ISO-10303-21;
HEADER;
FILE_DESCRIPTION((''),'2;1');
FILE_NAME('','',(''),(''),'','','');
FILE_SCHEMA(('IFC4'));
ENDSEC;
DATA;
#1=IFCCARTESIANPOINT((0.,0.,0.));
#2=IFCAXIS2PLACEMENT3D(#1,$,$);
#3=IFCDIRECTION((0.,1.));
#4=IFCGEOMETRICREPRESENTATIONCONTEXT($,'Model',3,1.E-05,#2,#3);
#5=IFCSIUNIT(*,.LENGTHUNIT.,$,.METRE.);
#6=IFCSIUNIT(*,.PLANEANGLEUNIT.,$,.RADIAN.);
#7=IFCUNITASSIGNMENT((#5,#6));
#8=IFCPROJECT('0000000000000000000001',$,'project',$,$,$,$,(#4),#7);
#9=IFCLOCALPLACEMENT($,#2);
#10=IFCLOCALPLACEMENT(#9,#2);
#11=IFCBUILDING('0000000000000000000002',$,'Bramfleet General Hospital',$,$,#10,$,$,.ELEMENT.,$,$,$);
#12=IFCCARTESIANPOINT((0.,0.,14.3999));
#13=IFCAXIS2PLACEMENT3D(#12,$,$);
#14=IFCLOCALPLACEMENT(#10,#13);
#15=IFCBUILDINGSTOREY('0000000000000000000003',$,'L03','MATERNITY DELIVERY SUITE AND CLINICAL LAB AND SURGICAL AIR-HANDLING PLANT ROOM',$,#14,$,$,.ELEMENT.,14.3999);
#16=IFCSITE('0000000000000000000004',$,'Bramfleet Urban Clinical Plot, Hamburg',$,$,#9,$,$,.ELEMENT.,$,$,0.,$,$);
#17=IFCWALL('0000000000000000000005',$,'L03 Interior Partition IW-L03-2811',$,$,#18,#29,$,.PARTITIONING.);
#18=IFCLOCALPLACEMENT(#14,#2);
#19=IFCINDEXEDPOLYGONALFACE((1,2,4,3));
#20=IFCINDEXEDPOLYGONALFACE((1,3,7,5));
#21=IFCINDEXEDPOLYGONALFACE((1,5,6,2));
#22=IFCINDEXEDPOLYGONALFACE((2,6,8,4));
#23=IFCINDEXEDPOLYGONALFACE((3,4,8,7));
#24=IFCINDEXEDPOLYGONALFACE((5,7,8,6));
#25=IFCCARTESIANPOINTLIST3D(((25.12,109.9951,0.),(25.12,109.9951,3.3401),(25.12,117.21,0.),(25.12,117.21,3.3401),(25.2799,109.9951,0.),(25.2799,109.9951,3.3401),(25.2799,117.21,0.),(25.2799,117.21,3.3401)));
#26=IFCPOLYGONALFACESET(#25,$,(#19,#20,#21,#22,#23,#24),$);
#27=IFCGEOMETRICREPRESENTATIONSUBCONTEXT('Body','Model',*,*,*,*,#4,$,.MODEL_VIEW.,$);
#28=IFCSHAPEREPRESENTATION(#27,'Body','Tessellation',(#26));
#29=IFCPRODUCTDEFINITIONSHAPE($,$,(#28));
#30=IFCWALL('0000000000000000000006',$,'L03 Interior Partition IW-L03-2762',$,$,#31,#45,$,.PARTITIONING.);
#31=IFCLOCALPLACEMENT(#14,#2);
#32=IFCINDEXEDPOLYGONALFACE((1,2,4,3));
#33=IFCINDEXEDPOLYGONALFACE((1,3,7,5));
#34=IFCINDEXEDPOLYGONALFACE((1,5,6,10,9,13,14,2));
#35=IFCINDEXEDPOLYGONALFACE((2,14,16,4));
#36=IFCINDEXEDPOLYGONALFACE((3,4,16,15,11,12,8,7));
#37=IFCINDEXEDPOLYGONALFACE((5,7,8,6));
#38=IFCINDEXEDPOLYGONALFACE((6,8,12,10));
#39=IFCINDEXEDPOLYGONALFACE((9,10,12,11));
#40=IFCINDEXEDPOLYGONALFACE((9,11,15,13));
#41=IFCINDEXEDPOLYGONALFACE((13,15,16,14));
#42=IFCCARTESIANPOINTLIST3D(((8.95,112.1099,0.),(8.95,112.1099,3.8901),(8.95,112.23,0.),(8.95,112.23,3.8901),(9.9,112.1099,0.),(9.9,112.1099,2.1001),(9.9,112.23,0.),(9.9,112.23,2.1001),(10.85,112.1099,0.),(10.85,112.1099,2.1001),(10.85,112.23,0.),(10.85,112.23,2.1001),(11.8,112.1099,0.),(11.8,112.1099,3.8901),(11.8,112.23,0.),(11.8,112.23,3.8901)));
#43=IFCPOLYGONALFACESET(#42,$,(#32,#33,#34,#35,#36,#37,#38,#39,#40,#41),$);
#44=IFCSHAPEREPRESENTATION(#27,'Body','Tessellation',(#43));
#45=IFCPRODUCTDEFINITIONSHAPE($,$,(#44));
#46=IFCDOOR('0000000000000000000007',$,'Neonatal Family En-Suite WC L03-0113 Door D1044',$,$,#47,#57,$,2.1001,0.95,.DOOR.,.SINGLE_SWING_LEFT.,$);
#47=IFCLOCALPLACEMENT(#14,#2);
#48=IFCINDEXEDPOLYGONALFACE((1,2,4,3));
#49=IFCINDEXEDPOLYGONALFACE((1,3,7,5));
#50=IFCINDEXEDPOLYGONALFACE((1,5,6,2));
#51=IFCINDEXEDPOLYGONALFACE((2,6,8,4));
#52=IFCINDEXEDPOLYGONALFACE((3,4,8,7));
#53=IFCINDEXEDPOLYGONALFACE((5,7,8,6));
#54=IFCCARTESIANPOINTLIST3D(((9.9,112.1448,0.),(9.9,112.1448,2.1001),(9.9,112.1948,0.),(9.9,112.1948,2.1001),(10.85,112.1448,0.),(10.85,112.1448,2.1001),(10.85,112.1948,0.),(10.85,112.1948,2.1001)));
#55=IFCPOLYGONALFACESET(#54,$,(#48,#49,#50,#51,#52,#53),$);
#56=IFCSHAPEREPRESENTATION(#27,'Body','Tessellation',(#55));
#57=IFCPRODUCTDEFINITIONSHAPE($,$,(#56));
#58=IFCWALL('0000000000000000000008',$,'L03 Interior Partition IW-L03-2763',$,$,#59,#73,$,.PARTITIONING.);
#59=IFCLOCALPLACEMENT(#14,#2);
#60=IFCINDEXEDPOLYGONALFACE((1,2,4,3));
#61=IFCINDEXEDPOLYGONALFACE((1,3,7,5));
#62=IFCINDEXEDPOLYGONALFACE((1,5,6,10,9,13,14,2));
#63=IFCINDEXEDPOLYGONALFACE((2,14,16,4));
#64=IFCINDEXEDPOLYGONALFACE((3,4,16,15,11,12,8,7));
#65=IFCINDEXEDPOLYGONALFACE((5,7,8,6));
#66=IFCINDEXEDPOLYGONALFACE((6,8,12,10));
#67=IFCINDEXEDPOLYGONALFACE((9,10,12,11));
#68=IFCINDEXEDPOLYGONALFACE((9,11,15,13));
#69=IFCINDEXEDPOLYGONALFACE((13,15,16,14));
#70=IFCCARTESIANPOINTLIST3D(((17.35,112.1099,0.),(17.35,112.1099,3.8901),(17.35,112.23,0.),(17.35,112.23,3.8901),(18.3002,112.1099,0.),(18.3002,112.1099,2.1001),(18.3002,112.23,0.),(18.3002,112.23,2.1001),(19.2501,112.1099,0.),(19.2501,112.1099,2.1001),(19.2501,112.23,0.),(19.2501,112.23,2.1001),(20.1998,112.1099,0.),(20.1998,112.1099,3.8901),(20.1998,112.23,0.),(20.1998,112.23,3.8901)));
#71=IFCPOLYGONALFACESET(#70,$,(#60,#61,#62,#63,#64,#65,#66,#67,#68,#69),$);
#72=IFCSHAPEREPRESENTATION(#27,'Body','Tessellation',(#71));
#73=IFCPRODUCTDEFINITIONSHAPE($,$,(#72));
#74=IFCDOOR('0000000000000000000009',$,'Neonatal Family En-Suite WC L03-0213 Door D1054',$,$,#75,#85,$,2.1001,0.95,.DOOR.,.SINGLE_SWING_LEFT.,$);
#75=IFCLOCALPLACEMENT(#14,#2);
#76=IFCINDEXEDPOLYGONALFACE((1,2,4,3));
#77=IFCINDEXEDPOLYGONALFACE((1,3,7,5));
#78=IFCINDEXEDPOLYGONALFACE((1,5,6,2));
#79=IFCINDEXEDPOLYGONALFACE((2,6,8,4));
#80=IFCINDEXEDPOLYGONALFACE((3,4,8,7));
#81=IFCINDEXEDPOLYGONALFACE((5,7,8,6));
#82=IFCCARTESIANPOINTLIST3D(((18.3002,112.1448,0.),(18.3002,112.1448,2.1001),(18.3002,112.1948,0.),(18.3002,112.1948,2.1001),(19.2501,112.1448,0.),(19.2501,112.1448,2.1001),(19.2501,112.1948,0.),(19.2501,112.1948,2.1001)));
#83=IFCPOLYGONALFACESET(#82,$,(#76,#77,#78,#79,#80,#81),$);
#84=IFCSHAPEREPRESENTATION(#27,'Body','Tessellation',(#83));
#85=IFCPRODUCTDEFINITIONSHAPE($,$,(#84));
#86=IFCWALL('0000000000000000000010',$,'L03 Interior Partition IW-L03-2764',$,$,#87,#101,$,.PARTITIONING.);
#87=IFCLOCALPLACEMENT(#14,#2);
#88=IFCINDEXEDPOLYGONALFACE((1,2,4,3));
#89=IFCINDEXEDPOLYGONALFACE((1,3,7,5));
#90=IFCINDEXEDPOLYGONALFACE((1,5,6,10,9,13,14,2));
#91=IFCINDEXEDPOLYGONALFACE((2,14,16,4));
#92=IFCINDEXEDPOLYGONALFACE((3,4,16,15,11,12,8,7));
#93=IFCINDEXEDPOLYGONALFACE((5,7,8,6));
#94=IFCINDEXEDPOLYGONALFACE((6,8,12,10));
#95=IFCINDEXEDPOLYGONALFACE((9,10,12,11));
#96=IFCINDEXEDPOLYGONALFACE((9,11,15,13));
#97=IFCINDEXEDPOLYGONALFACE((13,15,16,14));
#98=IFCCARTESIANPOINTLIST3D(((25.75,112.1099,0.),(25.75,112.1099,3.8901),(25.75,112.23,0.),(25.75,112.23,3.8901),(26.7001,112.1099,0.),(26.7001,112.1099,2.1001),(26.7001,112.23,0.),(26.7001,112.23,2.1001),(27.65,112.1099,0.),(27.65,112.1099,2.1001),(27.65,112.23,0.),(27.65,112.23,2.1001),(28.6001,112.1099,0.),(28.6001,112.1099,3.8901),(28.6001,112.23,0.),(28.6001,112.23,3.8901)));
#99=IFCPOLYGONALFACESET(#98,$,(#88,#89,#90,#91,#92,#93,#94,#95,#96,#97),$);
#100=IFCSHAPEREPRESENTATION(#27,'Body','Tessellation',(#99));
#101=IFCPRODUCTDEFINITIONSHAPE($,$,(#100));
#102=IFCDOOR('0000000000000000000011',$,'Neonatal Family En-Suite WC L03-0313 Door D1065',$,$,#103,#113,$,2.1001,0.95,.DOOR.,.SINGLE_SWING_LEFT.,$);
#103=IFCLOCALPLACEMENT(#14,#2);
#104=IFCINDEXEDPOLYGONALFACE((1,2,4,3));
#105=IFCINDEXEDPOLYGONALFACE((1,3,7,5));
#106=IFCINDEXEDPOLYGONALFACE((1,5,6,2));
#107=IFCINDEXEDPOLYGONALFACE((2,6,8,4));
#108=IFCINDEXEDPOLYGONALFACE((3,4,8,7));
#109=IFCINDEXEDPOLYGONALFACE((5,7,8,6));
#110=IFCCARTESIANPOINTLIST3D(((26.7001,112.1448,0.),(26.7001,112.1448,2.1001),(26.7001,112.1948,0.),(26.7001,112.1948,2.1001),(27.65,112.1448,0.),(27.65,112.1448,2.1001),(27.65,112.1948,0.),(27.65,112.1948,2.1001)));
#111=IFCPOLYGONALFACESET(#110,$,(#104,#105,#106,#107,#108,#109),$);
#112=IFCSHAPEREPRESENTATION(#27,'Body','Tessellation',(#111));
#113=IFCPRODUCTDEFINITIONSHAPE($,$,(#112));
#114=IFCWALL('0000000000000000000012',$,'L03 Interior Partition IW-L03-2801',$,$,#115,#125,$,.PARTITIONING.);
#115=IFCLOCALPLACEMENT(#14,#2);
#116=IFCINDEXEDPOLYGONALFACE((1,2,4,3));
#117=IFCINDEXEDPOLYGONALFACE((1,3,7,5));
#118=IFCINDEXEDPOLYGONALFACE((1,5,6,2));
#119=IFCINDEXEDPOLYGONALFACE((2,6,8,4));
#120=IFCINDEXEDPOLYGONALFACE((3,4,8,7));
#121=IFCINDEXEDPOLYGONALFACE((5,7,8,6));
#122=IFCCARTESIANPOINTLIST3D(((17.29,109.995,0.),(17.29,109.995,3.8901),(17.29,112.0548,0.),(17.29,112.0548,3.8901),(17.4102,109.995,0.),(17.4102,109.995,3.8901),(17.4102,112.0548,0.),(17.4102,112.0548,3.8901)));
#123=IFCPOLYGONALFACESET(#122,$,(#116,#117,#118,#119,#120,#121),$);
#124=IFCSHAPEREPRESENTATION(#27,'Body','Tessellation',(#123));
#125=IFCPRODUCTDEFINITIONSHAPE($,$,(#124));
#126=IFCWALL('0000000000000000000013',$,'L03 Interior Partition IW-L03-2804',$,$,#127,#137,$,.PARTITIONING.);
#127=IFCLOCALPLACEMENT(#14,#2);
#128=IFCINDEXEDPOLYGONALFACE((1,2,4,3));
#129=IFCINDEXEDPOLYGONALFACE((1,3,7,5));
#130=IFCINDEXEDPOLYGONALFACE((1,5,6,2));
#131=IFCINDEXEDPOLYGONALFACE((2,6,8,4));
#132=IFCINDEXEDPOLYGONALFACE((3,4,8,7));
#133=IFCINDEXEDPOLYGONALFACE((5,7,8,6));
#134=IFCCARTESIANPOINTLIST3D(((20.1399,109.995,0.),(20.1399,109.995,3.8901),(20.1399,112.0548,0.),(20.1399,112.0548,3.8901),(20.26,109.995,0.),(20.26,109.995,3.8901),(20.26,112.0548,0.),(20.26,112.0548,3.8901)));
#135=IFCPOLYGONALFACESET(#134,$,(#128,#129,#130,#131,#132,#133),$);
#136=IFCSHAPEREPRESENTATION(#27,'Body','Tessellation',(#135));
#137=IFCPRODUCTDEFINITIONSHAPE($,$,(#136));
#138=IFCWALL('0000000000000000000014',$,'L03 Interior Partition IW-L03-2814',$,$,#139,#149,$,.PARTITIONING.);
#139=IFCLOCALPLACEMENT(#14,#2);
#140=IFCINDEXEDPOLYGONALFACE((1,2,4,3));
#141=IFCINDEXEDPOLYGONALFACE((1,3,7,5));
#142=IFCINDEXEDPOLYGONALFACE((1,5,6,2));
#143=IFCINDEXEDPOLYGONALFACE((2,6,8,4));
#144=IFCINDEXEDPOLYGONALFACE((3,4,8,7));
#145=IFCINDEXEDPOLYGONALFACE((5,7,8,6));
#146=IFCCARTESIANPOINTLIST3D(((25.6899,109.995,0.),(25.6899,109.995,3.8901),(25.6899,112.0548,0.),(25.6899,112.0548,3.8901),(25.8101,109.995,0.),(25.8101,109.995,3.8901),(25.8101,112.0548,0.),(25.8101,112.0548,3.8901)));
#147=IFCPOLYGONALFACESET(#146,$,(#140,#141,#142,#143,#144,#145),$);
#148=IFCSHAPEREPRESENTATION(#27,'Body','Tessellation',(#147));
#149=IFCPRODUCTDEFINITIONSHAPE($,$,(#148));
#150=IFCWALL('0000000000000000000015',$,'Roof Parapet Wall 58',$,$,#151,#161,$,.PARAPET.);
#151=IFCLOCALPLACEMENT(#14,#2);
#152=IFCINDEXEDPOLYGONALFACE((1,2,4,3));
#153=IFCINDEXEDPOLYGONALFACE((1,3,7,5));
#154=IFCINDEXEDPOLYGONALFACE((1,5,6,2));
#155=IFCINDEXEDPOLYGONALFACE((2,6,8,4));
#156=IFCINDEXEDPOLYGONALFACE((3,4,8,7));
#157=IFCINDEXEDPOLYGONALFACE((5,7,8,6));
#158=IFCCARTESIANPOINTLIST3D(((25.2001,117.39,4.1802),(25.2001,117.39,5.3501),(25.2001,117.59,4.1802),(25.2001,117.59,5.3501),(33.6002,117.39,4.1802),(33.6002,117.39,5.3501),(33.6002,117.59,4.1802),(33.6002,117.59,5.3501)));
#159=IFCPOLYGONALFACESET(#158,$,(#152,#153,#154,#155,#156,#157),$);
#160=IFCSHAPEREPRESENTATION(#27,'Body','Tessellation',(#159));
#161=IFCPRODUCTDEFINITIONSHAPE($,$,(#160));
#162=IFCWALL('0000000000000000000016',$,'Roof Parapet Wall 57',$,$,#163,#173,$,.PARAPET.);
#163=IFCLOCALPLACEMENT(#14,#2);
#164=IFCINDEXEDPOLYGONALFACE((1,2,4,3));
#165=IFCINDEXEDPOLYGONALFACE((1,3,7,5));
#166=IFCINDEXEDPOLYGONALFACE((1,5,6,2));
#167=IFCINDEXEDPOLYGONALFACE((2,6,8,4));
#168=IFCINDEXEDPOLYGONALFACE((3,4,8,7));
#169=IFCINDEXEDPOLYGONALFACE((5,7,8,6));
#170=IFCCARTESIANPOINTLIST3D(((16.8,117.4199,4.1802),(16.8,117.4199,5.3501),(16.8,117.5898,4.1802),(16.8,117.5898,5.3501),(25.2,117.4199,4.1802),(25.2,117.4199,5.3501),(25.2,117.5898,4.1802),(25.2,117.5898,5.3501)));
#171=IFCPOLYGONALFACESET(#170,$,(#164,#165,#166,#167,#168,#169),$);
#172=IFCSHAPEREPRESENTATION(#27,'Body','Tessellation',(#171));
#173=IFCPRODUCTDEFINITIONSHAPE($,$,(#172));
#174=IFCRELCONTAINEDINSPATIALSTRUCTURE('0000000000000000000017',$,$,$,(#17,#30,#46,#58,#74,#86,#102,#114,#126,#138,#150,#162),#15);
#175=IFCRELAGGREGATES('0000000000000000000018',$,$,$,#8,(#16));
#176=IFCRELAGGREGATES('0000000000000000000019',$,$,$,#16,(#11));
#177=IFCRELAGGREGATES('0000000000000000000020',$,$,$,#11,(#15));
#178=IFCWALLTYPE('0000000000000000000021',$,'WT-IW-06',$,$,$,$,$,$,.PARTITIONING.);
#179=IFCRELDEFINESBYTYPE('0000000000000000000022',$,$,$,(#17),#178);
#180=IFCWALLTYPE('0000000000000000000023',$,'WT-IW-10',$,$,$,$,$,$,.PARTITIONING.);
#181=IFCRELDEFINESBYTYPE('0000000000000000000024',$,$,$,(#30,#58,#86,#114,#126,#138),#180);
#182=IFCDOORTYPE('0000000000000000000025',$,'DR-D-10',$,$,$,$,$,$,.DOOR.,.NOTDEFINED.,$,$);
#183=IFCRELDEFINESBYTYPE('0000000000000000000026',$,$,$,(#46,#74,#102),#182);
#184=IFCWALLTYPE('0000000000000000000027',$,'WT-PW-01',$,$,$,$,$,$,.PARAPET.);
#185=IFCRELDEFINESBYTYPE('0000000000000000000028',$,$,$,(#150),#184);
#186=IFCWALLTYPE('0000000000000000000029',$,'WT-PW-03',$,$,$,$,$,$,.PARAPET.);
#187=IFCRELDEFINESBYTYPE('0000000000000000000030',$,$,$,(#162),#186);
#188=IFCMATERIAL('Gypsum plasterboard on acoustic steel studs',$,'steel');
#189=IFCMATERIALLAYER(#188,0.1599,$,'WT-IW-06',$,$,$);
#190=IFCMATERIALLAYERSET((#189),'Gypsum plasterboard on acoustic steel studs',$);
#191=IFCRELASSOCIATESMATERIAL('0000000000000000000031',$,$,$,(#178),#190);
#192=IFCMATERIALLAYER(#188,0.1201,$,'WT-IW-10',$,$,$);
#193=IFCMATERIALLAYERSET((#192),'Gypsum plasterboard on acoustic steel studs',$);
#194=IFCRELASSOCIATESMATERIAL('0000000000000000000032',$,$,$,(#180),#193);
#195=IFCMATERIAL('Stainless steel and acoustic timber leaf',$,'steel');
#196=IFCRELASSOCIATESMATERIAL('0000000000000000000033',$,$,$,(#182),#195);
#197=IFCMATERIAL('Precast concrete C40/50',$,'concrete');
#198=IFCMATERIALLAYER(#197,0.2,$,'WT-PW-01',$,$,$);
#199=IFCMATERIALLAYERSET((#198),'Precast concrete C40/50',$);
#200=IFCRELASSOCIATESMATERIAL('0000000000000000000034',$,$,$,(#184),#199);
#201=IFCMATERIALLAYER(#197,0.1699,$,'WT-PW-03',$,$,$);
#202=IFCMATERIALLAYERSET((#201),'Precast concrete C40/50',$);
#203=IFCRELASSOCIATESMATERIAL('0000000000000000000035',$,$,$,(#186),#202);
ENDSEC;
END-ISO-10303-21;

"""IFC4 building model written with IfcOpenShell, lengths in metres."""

from ifc_helpers import new_model, si_unit, direction, frame, frame_2d, origin, place, context, subcontext, project, spatial, rectangle, extrude, material, layer, layer_set, type_object, element, fill, save


model = new_model("IFC4")

# Units and contexts
model_context = context("Model", 3, precision=1e-05, world=origin(), true_north=direction((0.0, 1.0)))
body_context = subcontext(model_context, "Body", "Model", "MODEL_VIEW")
ifc_project = project(units=[si_unit("LENGTHUNIT", "METRE"), si_unit("PLANEANGLEUNIT", "RADIAN")], contexts=[model_context])

# Site, building, storey
site_placement = place(None, origin())
site = spatial("IfcSite", under=ifc_project, at=site_placement, Name="Bramfleet Urban Clinical Plot, Hamburg", CompositionType="ELEMENT", RefElevation=0.0)
building_placement = place(site_placement, origin())
building = spatial("IfcBuilding", under=site, at=building_placement, Name="Bramfleet General Hospital", CompositionType="ELEMENT")
storey_placement = place(building_placement, frame((0.0, 0.0, 14.3999)))
storey = spatial("IfcBuildingStorey", under=building, at=storey_placement, Name="L03", Description="MATERNITY DELIVERY SUITE AND CLINICAL LAB AND SURGICAL AIR-HANDLING PLANT ROOM", CompositionType="ELEMENT", Elevation=14.3999)

# Shared definitions
ifc_material_1 = material(Name="Precast concrete C40/50", Category="concrete")

# Shared definitions
ifc_material_2 = material(Name="Gypsum plasterboard on acoustic steel studs", Category="steel")
ifc_layer_1 = layer(ifc_material_2, 0.1599, Name="WT-IW-06")
ifc_layer_set_1 = layer_set([ifc_layer_1], Name="Gypsum plasterboard on acoustic steel studs")
wall_type_1 = type_object("IfcWallType", Name="WT-IW-06", PredefinedType="PARTITIONING", material=ifc_layer_set_1)
ifc_material_3 = material(Name="Stainless steel and acoustic timber leaf", Category="steel")

# Wall
wall_1_placement = place(storey_placement, frame((25.2, 109.9951, 0.0), z_axis=(0.0, 0.0, 1.0), x_axis=(0.0, 1.0, 0.0)))
element("IfcWall", 1, at=wall_1_placement, inside=storey, type_object=wall_type_1, Name="L03 Interior Partition IW-L03-2811", PredefinedType="PARTITIONING", context=body_context, shape_type="SweptSolid", body=[
    extrude(rectangle(XDim=7.2148, YDim=0.1599, at=frame_2d((3.6074, 0.0))), origin(), (0.0, 0.0, 1.0), 3.3401),
])

# Walls, openings, doors
ifc_layer_2 = layer(ifc_material_2, 0.1201, Name="WT-IW-10")
ifc_layer_set_2 = layer_set([ifc_layer_2], Name="Gypsum plasterboard on acoustic steel studs")
wall_type_2 = type_object("IfcWallType", Name="WT-IW-10", PredefinedType="PARTITIONING", material=ifc_layer_set_2)
wall_2_placement = place(storey_placement, frame((8.95, 112.1699, 0.0), z_axis=(0.0, 0.0, 1.0), x_axis=(1.0, 0.0, 0.0)))
wall_2 = element("IfcWall", 2, at=wall_2_placement, inside=storey, type_object=wall_type_2, Name="L03 Interior Partition IW-L03-2762", PredefinedType="PARTITIONING", context=body_context, shape_type="SweptSolid", body=[
    extrude(rectangle(XDim=2.8501, YDim=0.1201, at=frame_2d((1.425, 0.0))), origin(), (0.0, 0.0, 1.0), 3.8901),
])
opening_1_placement = place(wall_2_placement, frame((0.95, 0.0, 0.0)))
opening_1 = element("IfcOpeningElement", 3, at=opening_1_placement, cuts=wall_2, PredefinedType="OPENING", context=body_context, shape_type="SweptSolid", body=[
    extrude(rectangle(XDim=0.95, YDim=2.1001, at=frame_2d((0.4751, 1.05))), frame((0.0, 0.0701, 0.0), z_axis=(0.0, -1.0, 0.0), x_axis=(1.0, 0.0, 0.0)), (0.0, 0.0, 1.0), 0.1401),
])
door_type_1 = type_object("IfcDoorType", Name="DR-D-10", OperationType="NOTDEFINED", PredefinedType="DOOR", material=ifc_material_3)
door_1_placement = place(opening_1_placement, origin())
door_1 = element("IfcDoor", 4, at=door_1_placement, inside=storey, type_object=door_type_1, Name="Neonatal Family En-Suite WC L03-0113 Door D1044", OperationType="SINGLE_SWING_LEFT", OverallHeight=2.1001, OverallWidth=0.95, PredefinedType="DOOR", context=body_context, shape_type="SweptSolid", body=[
    extrude(rectangle(XDim=0.95, YDim=2.1001, at=frame_2d((0.4751, 1.05))), frame((0.0, 0.0249, 0.0), z_axis=(0.0, -1.0, 0.0), x_axis=(1.0, 0.0, 0.0)), (0.0, 0.0, 1.0), 0.05),
])
fill(opening_1, door_1)
wall_3_placement = place(storey_placement, frame((17.3501, 112.1699, 0.0), z_axis=(0.0, 0.0, 1.0), x_axis=(1.0, 0.0, 0.0)))
wall_3 = element("IfcWall", 5, at=wall_3_placement, inside=storey, type_object=wall_type_2, Name="L03 Interior Partition IW-L03-2763", PredefinedType="PARTITIONING", context=body_context, shape_type="SweptSolid", body=[
    extrude(rectangle(XDim=2.8499, YDim=0.1201, at=frame_2d((1.4248, 0.0))), origin(), (0.0, 0.0, 1.0), 3.8901),
])
opening_2_placement = place(wall_3_placement, frame((0.95, 0.0, 0.0)))
opening_2 = element("IfcOpeningElement", 6, at=opening_2_placement, cuts=wall_3, PredefinedType="OPENING", context=body_context, shape_type="SweptSolid", body=[
    extrude(rectangle(XDim=0.95, YDim=2.1001, at=frame_2d((0.4751, 1.05))), frame((0.0, 0.0701, 0.0), z_axis=(0.0, -1.0, 0.0), x_axis=(1.0, 0.0, 0.0)), (0.0, 0.0, 1.0), 0.1401),
])
door_2_placement = place(opening_2_placement, origin())
door_2 = element("IfcDoor", 7, at=door_2_placement, inside=storey, type_object=door_type_1, Name="Neonatal Family En-Suite WC L03-0213 Door D1054", OperationType="SINGLE_SWING_LEFT", OverallHeight=2.1001, OverallWidth=0.95, PredefinedType="DOOR", context=body_context, shape_type="SweptSolid", body=[
    extrude(rectangle(XDim=0.95, YDim=2.1001, at=frame_2d((0.4751, 1.05))), frame((0.0, 0.0249, 0.0), z_axis=(0.0, -1.0, 0.0), x_axis=(1.0, 0.0, 0.0)), (0.0, 0.0, 1.0), 0.05),
])
fill(opening_2, door_2)
wall_4_placement = place(storey_placement, frame((25.75, 112.1699, 0.0), z_axis=(0.0, 0.0, 1.0), x_axis=(1.0, 0.0, 0.0)))
wall_4 = element("IfcWall", 8, at=wall_4_placement, inside=storey, type_object=wall_type_2, Name="L03 Interior Partition IW-L03-2764", PredefinedType="PARTITIONING", context=body_context, shape_type="SweptSolid", body=[
    extrude(rectangle(XDim=2.8501, YDim=0.1201, at=frame_2d((1.425, 0.0))), origin(), (0.0, 0.0, 1.0), 3.8901),
])
opening_3_placement = place(wall_4_placement, frame((0.95, 0.0, 0.0)))
opening_3 = element("IfcOpeningElement", 9, at=opening_3_placement, cuts=wall_4, PredefinedType="OPENING", context=body_context, shape_type="SweptSolid", body=[
    extrude(rectangle(XDim=0.95, YDim=2.1001, at=frame_2d((0.4751, 1.05))), frame((0.0, 0.0701, 0.0), z_axis=(0.0, -1.0, 0.0), x_axis=(1.0, 0.0, 0.0)), (0.0, 0.0, 1.0), 0.1401),
])
door_3_placement = place(opening_3_placement, origin())
door_3 = element("IfcDoor", 10, at=door_3_placement, inside=storey, type_object=door_type_1, Name="Neonatal Family En-Suite WC L03-0313 Door D1065", OperationType="SINGLE_SWING_LEFT", OverallHeight=2.1001, OverallWidth=0.95, PredefinedType="DOOR", context=body_context, shape_type="SweptSolid", body=[
    extrude(rectangle(XDim=0.95, YDim=2.1001, at=frame_2d((0.4751, 1.05))), frame((0.0, 0.0249, 0.0), z_axis=(0.0, -1.0, 0.0), x_axis=(1.0, 0.0, 0.0)), (0.0, 0.0, 1.0), 0.05),
])
fill(opening_3, door_3)

# Walls
for number, where, z_axis, x_axis, name in (
    (11, (17.3501, 109.9951, 0.0), (0.0, 0.0, 1.0), (0.0, 1.0, 0.0), "L03 Interior Partition IW-L03-2801"),
    (12, (20.2, 109.9951, 0.0), (0.0, 0.0, 1.0), (0.0, 1.0, 0.0), "L03 Interior Partition IW-L03-2804"),
    (13, (25.75, 109.9951, 0.0), (0.0, 0.0, 1.0), (0.0, 1.0, 0.0), "L03 Interior Partition IW-L03-2814"),
):
    element("IfcWall", number, at=place(storey_placement, frame(where, z_axis=z_axis, x_axis=x_axis)), inside=storey, type_object=wall_type_2, Name=name, PredefinedType="PARTITIONING", context=body_context, shape_type="SweptSolid", body=[
        extrude(rectangle(XDim=2.0598, YDim=0.1201, at=frame_2d((1.0298, 0.0))), origin(), (0.0, 0.0, 1.0), 3.8901),
    ])
ifc_layer_3 = layer(ifc_material_1, 0.2, Name="WT-PW-01")
ifc_layer_set_3 = layer_set([ifc_layer_3], Name="Precast concrete C40/50")
wall_type_3 = type_object("IfcWallType", Name="WT-PW-01", PredefinedType="PARAPET", material=ifc_layer_set_3)
wall_5_placement = place(storey_placement, frame((25.2, 117.49, 4.1802), z_axis=(0.0, 0.0, 1.0), x_axis=(1.0, 0.0, 0.0)))
element("IfcWall", 14, at=wall_5_placement, inside=storey, type_object=wall_type_3, Name="Roof Parapet Wall 58", PredefinedType="PARAPET", context=body_context, shape_type="SweptSolid", body=[
    extrude(rectangle(XDim=8.4001, YDim=0.2, at=frame_2d((4.2002, 0.0))), origin(), (0.0, 0.0, 1.0), 1.1699),
])
ifc_layer_4 = layer(ifc_material_1, 0.1699, Name="WT-PW-03")
ifc_layer_set_4 = layer_set([ifc_layer_4], Name="Precast concrete C40/50")
wall_type_4 = type_object("IfcWallType", Name="WT-PW-03", PredefinedType="PARAPET", material=ifc_layer_set_4)
wall_6_placement = place(storey_placement, frame((16.8, 117.5049, 4.1802), z_axis=(0.0, 0.0, 1.0), x_axis=(1.0, 0.0, 0.0)))
element("IfcWall", 15, at=wall_6_placement, inside=storey, type_object=wall_type_4, Name="Roof Parapet Wall 57", PredefinedType="PARAPET", context=body_context, shape_type="SweptSolid", body=[
    extrude(rectangle(XDim=8.3999, YDim=0.1699, at=frame_2d((4.2, 0.0))), origin(), (0.0, 0.0, 1.0), 1.1699),
])

save(model, "model.ifc")
